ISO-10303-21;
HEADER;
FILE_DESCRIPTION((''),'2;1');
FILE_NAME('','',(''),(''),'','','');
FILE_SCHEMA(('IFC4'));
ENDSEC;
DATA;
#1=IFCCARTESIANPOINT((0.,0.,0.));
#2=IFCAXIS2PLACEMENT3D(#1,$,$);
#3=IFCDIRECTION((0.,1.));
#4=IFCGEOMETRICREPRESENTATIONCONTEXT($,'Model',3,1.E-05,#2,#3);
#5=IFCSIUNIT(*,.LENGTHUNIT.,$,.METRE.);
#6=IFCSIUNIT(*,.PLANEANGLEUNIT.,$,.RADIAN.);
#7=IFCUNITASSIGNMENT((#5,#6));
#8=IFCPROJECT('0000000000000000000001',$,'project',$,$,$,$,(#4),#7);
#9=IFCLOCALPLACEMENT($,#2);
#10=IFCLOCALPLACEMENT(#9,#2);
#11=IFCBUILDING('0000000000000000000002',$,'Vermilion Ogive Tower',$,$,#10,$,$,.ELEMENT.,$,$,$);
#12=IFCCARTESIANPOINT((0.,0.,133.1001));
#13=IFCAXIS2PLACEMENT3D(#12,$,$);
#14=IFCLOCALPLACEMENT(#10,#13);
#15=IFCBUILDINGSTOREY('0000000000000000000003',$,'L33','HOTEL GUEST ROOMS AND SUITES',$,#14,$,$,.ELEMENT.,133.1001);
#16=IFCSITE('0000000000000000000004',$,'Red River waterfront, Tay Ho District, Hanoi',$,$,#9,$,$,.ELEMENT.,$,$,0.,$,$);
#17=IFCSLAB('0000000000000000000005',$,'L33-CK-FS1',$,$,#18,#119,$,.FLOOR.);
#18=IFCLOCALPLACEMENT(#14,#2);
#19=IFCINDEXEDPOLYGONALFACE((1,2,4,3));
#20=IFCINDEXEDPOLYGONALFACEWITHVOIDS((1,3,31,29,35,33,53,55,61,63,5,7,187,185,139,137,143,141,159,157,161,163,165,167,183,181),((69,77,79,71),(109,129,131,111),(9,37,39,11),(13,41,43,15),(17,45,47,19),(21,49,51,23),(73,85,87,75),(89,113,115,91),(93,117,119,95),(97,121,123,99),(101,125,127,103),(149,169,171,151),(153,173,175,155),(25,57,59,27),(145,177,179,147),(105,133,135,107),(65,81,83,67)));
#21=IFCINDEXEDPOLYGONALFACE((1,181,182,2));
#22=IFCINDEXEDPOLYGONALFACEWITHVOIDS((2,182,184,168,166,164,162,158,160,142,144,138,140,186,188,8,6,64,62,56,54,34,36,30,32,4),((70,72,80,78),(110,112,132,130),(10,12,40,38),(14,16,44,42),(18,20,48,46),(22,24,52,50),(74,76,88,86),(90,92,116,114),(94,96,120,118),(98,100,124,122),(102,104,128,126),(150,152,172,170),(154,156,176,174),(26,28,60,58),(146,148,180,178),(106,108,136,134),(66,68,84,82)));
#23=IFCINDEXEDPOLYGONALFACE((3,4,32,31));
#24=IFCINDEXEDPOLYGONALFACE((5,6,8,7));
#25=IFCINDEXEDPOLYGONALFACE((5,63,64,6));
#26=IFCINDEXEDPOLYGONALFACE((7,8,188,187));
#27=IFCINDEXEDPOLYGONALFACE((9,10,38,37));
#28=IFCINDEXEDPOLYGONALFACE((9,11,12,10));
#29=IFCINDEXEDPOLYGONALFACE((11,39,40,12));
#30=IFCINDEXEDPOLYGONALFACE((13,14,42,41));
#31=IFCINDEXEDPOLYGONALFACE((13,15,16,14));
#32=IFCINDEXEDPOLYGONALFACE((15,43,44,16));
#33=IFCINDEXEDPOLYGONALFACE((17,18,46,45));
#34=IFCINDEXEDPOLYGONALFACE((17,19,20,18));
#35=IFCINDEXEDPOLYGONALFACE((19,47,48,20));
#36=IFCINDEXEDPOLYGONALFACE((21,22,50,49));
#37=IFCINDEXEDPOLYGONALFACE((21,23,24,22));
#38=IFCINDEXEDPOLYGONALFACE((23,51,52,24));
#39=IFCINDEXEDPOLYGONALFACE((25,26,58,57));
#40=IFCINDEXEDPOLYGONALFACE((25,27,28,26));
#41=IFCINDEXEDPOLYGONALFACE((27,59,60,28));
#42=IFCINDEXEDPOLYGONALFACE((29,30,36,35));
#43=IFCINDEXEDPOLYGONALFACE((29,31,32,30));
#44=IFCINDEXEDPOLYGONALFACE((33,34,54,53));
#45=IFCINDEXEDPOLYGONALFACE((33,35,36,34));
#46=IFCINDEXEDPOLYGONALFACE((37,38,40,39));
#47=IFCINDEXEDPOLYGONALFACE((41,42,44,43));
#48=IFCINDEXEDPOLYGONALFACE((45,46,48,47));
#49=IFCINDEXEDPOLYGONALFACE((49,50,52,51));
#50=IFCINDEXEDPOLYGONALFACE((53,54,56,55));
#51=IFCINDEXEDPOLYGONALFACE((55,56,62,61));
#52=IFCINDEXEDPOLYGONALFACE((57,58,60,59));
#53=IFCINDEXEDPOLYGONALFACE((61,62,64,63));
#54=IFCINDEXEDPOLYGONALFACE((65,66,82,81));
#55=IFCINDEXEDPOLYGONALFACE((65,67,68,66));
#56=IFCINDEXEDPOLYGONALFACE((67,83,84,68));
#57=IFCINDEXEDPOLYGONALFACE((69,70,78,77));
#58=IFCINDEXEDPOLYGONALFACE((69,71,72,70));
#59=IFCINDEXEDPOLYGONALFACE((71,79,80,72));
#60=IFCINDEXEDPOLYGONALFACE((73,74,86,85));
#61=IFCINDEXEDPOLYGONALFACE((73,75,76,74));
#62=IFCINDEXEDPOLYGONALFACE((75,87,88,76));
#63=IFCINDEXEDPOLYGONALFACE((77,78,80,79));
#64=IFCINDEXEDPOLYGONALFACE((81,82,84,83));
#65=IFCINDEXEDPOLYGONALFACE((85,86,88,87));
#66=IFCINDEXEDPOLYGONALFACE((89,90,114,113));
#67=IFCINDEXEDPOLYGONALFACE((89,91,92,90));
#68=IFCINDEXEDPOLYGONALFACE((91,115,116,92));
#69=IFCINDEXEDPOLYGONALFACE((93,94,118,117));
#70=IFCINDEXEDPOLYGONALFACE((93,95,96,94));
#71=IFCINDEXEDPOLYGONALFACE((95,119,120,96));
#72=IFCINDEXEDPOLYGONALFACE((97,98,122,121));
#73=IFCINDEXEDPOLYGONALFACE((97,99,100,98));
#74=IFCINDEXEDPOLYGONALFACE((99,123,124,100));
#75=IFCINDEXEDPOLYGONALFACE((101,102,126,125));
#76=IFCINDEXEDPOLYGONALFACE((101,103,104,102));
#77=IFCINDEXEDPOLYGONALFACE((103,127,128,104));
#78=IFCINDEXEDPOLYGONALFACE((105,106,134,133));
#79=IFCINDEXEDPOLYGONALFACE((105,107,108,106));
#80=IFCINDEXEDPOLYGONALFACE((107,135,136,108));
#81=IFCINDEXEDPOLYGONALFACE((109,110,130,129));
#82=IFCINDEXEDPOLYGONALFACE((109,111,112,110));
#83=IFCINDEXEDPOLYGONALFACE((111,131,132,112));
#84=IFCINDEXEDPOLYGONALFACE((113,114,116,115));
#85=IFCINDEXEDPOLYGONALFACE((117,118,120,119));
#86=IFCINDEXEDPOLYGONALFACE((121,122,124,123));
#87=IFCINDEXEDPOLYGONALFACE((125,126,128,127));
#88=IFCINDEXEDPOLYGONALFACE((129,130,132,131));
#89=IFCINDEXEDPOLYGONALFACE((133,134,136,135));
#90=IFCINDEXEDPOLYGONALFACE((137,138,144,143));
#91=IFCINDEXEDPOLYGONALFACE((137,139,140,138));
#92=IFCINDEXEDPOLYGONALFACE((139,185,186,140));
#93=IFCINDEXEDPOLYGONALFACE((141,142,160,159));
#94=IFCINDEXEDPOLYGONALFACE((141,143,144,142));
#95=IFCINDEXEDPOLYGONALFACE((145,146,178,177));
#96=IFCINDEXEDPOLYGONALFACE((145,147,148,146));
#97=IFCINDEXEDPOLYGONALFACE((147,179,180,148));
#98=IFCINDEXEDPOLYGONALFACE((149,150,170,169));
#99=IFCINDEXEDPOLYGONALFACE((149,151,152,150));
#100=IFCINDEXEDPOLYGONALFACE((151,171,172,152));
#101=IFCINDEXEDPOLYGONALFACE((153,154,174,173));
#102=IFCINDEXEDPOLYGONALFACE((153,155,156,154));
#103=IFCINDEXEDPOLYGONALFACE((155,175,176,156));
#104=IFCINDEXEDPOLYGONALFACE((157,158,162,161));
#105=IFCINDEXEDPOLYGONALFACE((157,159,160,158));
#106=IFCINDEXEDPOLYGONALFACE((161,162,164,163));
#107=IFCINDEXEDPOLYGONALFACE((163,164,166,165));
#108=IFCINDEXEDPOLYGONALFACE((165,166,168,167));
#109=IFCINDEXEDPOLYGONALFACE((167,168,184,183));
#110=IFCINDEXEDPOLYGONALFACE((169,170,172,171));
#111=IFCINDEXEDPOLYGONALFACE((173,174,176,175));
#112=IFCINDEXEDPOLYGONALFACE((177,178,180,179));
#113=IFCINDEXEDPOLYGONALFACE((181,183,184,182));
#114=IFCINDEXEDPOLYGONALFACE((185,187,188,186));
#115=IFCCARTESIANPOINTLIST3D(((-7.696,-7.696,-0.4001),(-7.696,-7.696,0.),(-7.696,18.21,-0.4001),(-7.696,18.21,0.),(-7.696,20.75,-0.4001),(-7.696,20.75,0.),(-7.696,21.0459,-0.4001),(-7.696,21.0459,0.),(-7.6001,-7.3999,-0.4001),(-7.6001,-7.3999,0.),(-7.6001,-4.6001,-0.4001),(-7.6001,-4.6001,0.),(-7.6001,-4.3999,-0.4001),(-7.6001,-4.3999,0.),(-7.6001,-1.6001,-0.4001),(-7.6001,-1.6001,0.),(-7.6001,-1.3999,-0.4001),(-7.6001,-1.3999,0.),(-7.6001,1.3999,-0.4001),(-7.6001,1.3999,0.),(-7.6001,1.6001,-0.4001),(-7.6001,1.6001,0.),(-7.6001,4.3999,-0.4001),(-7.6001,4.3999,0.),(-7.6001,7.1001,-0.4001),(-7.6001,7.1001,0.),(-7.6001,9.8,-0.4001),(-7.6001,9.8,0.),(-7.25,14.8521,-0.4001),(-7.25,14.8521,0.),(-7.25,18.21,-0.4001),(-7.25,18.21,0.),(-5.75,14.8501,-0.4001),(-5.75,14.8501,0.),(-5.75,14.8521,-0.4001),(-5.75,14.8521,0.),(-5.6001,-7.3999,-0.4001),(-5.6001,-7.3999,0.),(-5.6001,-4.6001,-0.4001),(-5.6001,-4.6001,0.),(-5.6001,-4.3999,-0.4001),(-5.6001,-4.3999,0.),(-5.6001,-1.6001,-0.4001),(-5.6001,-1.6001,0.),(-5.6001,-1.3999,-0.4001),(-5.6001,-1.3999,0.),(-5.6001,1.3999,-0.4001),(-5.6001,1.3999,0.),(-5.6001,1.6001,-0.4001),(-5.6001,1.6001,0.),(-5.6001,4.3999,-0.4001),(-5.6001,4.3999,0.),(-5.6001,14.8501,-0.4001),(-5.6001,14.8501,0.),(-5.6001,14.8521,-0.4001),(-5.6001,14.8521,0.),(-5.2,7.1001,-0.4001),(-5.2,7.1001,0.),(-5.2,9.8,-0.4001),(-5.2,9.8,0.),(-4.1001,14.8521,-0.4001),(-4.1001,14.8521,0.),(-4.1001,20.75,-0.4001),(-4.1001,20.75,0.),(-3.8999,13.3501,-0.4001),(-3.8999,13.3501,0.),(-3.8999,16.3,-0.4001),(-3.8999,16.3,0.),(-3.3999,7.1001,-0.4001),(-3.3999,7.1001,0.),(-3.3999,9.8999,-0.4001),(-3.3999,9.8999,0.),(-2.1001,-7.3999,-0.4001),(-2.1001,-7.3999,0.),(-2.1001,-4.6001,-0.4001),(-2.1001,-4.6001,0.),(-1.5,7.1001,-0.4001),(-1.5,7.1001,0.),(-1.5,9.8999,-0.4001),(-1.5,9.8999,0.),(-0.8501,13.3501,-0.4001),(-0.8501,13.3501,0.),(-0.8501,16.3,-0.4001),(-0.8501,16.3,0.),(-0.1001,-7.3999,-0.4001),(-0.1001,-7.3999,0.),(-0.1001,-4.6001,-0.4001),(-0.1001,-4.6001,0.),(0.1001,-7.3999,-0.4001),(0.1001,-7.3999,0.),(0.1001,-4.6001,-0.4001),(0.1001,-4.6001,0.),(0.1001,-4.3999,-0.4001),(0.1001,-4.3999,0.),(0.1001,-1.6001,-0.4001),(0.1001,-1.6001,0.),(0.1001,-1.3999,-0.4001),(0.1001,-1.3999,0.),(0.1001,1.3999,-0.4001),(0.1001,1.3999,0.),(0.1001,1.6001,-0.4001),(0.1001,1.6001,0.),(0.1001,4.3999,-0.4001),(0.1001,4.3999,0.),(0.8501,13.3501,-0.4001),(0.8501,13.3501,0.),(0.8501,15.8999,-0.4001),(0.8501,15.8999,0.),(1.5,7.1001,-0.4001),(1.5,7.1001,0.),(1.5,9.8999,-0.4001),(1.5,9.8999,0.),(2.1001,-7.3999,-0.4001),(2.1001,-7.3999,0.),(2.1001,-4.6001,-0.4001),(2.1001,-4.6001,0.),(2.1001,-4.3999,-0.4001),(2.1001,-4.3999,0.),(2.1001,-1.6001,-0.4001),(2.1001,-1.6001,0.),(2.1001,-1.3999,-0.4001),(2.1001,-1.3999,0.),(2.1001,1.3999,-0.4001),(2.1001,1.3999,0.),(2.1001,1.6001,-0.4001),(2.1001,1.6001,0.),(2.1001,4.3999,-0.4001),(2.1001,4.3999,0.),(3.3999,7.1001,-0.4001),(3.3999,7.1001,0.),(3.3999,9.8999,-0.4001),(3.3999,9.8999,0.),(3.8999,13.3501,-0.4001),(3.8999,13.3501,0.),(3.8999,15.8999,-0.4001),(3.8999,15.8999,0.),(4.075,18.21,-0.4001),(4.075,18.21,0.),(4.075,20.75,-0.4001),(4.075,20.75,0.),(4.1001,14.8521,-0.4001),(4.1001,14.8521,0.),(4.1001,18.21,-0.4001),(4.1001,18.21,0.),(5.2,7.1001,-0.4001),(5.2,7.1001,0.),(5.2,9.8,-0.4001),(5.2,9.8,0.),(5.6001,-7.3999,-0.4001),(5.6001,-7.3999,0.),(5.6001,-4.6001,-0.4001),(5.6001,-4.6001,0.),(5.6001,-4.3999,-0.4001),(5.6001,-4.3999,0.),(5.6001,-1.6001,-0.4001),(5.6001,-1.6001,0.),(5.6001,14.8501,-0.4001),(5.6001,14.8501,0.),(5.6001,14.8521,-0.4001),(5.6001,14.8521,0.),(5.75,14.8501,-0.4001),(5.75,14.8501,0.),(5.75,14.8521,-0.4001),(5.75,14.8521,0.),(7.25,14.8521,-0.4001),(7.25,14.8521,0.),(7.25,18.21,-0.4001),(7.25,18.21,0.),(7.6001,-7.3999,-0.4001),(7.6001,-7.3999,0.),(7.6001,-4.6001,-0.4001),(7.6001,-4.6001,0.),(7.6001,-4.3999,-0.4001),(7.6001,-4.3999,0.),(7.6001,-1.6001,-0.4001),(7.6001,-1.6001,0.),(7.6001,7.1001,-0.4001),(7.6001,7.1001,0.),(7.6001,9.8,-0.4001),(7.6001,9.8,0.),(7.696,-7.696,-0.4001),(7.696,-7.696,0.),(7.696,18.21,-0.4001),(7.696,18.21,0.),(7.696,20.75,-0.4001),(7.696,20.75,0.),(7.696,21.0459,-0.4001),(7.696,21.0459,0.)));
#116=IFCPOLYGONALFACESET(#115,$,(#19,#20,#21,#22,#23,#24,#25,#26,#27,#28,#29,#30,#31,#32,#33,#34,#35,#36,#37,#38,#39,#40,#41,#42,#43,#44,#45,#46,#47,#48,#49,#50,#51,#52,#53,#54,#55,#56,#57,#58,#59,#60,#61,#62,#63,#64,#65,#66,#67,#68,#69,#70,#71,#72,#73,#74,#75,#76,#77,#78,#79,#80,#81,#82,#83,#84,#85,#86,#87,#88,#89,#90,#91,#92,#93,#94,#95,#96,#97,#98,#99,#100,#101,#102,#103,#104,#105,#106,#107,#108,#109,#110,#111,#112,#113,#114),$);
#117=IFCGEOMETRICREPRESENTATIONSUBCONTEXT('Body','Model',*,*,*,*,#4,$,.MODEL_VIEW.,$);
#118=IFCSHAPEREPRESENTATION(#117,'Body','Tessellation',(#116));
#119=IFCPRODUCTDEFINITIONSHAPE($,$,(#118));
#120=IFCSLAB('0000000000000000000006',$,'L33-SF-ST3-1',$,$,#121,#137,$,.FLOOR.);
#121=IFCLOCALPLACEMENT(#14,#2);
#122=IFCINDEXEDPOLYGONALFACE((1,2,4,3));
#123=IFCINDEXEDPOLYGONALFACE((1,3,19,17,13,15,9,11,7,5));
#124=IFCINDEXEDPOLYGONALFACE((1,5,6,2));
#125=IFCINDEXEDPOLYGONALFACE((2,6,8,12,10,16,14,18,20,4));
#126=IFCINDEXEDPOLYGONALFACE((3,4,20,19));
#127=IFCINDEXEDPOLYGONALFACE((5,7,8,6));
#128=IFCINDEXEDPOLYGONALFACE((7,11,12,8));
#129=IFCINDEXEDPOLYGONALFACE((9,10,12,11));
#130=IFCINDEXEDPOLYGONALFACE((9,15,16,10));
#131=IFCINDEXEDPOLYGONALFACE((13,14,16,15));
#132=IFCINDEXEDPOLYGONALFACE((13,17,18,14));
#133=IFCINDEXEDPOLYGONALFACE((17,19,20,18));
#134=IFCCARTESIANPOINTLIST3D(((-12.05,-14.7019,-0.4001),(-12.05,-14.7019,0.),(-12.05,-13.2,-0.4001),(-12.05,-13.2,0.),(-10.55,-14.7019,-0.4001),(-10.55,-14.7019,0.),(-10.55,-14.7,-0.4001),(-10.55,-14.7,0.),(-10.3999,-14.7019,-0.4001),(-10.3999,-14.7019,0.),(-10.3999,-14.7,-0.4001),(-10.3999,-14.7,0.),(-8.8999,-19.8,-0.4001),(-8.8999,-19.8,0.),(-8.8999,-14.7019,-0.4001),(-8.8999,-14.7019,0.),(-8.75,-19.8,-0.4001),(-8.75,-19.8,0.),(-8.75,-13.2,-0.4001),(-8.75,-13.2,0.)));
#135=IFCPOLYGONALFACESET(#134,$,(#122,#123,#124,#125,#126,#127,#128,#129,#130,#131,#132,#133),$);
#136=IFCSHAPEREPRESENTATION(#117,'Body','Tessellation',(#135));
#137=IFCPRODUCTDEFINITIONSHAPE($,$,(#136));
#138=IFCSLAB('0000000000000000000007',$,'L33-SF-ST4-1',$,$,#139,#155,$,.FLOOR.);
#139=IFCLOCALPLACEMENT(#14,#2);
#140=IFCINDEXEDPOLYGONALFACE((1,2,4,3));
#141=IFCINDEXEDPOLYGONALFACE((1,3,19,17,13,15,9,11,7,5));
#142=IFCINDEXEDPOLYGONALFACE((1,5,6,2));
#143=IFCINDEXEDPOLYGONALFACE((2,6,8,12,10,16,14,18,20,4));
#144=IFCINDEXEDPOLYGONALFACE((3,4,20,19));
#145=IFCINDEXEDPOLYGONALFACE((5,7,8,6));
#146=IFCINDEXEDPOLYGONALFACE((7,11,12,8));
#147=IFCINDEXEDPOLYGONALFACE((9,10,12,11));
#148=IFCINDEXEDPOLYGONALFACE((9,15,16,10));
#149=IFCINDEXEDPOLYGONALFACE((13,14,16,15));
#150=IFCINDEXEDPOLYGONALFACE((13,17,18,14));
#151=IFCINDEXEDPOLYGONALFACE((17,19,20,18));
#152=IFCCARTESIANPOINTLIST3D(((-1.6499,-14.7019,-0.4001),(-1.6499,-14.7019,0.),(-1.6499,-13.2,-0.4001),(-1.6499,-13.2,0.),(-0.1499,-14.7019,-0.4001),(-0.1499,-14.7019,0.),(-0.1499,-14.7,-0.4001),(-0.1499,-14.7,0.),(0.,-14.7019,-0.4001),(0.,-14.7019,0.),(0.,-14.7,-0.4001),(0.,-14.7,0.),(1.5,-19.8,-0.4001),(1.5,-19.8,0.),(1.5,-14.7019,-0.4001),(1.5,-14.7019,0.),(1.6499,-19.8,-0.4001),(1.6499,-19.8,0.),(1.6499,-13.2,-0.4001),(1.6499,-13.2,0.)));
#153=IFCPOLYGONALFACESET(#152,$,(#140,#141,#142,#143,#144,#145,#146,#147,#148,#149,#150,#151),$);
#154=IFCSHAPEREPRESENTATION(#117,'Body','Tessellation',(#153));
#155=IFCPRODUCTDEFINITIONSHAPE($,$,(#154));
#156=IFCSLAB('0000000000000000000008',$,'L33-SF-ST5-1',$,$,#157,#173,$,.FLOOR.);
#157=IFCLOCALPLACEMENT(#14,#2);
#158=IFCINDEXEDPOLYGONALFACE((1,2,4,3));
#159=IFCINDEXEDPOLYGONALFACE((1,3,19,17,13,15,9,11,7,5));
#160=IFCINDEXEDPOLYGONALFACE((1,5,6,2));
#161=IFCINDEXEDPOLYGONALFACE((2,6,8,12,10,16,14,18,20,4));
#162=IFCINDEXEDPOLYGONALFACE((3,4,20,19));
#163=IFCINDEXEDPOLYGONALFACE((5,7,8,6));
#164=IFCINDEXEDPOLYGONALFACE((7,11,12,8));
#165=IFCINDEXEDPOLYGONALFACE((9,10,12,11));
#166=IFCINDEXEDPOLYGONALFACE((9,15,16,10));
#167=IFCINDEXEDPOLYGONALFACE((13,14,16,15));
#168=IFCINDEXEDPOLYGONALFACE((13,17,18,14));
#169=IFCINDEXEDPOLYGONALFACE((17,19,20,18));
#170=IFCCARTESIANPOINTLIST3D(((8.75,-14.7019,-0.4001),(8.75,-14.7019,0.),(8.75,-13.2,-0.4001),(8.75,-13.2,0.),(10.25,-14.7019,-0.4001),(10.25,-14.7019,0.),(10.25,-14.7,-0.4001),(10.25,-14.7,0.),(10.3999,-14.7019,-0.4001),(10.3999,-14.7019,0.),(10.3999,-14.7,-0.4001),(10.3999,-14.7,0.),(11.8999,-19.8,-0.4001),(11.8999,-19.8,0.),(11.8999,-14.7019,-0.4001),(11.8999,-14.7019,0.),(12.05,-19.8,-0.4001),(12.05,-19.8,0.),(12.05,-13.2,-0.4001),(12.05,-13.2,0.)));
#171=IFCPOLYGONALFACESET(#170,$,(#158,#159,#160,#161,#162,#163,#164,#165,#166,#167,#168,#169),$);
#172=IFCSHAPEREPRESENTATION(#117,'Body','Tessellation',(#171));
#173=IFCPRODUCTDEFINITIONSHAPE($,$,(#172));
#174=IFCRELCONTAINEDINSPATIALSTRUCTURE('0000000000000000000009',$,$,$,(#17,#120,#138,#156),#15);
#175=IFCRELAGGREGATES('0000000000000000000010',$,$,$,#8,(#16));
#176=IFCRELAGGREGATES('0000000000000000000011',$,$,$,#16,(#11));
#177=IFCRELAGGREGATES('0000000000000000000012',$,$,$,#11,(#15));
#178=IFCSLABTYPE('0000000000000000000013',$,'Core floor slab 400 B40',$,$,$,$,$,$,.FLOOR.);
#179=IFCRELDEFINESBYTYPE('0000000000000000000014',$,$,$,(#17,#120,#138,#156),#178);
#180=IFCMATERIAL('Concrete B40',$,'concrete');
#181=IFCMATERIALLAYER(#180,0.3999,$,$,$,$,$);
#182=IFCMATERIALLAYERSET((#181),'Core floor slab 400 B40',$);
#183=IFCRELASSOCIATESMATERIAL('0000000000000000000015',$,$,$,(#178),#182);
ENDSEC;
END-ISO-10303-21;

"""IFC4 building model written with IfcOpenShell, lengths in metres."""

from ifc_helpers import new_model, si_unit, direction, frame, origin, place, context, subcontext, project, spatial, polyline, outline, extrude, material, layer, layer_set, type_object, element, save


model = new_model("IFC4")

# Units and contexts
model_context = context("Model", 3, precision=1e-05, world=origin(), true_north=direction((0.0, 1.0)))
body_context = subcontext(model_context, "Body", "Model", "MODEL_VIEW")
ifc_project = project(units=[si_unit("LENGTHUNIT", "METRE"), si_unit("PLANEANGLEUNIT", "RADIAN")], contexts=[model_context])

# Site, building, storey
site_placement = place(None, origin())
site = spatial("IfcSite", under=ifc_project, at=site_placement, Name="Red River waterfront, Tay Ho District, Hanoi", CompositionType="ELEMENT", RefElevation=0.0)
building_placement = place(site_placement, origin())
building = spatial("IfcBuilding", under=site, at=building_placement, Name="Vermilion Ogive Tower", CompositionType="ELEMENT")
storey_placement = place(building_placement, frame((0.0, 0.0, 133.1001)))
storey = spatial("IfcBuildingStorey", under=building, at=storey_placement, Name="L33", Description="HOTEL GUEST ROOMS AND SUITES", CompositionType="ELEMENT", Elevation=133.1001)

# Slabs
ifc_material_1 = material(Name="Concrete B40", Category="concrete")
ifc_layer_1 = layer(ifc_material_1, 0.3999)
ifc_layer_set_1 = layer_set([ifc_layer_1], Name="Core floor slab 400 B40")
slab_type_1 = type_object("IfcSlabType", Name="Core floor slab 400 B40", PredefinedType="FLOOR", material=ifc_layer_set_1)
slab_1_placement = place(storey_placement, frame((0.0, 0.0, -0.4001)))
element("IfcSlab", 1, at=slab_1_placement, inside=storey, type_object=slab_type_1, Name="L33-CK-FS1", PredefinedType="FLOOR", context=body_context, shape_type="SweptSolid", body=[
    extrude(outline(polyline([(5.75, 14.8501), (5.6001, 14.8501), (5.6001, 14.8521), (4.1001, 14.8521), (4.1001, 18.21), (4.075, 18.21), (4.075, 20.75), (7.696, 20.75), (7.696, 21.0459), (-7.696, 21.0459), (-7.696, 20.75), (-4.1001, 20.75), (-4.1001, 14.8521), (-5.6001, 14.8521), (-5.6001, 14.8501), (-5.75, 14.8501), (-5.75, 14.8521), (-7.25, 14.8521), (-7.25, 18.21), (-7.696, 18.21), (-7.696, -7.696), (7.696, -7.696), (7.696, 18.21), (7.25, 18.21), (7.25, 14.8521), (5.75, 14.8521), (5.75, 14.8501)]), holes=[polyline([(-7.6001, -4.6001), (-5.6001, -4.6001), (-5.6001, -7.3999), (-7.6001, -7.3999), (-7.6001, -4.6001)]), polyline([(-2.1001, -7.3999), (-2.1001, -4.6001), (-0.1001, -4.6001), (-0.1001, -7.3999), (-2.1001, -7.3999)]), polyline([(-7.6001, -1.6001), (-5.6001, -1.6001), (-5.6001, -4.3999), (-7.6001, -4.3999), (-7.6001, -1.6001)]), polyline([(-7.6001, -1.3999), (-7.6001, 1.3999), (-5.6001, 1.3999), (-5.6001, -1.3999), (-7.6001, -1.3999)]), polyline([(-7.6001, 4.3999), (-5.6001, 4.3999), (-5.6001, 1.6001), (-7.6001, 1.6001), (-7.6001, 4.3999)]), polyline([(-7.6001, 9.8), (-5.2, 9.8), (-5.2, 7.1001), (-7.6001, 7.1001), (-7.6001, 9.8)]), polyline([(-3.3999, 7.1001), (-3.3999, 9.8999), (-1.5, 9.8999), (-1.5, 7.1001), (-3.3999, 7.1001)]), polyline([(-3.8999, 16.3), (-0.8501, 16.3), (-0.8501, 13.3501), (-3.8999, 13.3501), (-3.8999, 16.3)]), polyline([(0.1001, -4.6001), (2.1001, -4.6001), (2.1001, -7.3999), (0.1001, -7.3999), (0.1001, -4.6001)]), polyline([(5.6001, -4.6001), (7.6001, -4.6001), (7.6001, -7.3999), (5.6001, -7.3999), (5.6001, -4.6001)]), polyline([(0.1001, -4.3999), (0.1001, -1.6001), (2.1001, -1.6001), (2.1001, -4.3999), (0.1001, -4.3999)]), polyline([(5.6001, -1.6001), (7.6001, -1.6001), (7.6001, -4.3999), (5.6001, -4.3999), (5.6001, -1.6001)]), polyline([(0.1001, -1.3999), (0.1001, 1.3999), (2.1001, 1.3999), (2.1001, -1.3999), (0.1001, -1.3999)]), polyline([(0.1001, 4.3999), (2.1001, 4.3999), (2.1001, 1.6001), (0.1001, 1.6001), (0.1001, 4.3999)]), polyline([(5.2, 9.8), (7.6001, 9.8), (7.6001, 7.1001), (5.2, 7.1001), (5.2, 9.8)]), polyline([(1.5, 7.1001), (1.5, 9.8999), (3.3999, 9.8999), (3.3999, 7.1001), (1.5, 7.1001)]), polyline([(0.8501, 15.8999), (3.8999, 15.8999), (3.8999, 13.3501), (0.8501, 13.3501), (0.8501, 15.8999)])]), origin(), (0.0, 0.0, 1.0), 0.4001),
])
slab_2_placement = place(storey_placement, frame((0.0, 0.0, -0.4001)))
element("IfcSlab", 2, at=slab_2_placement, inside=storey, type_object=slab_type_1, Name="L33-SF-ST3-1", PredefinedType="FLOOR", context=body_context, shape_type="SweptSolid", body=[
    extrude(outline(polyline([(-12.05, -13.2), (-12.05, -14.7019), (-10.55, -14.7019), (-10.55, -14.7), (-10.3999, -14.7), (-10.3999, -14.7019), (-8.8999, -14.7019), (-8.8999, -19.8), (-8.75, -19.8), (-8.75, -13.2), (-12.05, -13.2)])), origin(), (0.0, 0.0, 1.0), 0.4001),
])
slab_3_placement = place(storey_placement, frame((0.0, 0.0, -0.4001)))
element("IfcSlab", 3, at=slab_3_placement, inside=storey, type_object=slab_type_1, Name="L33-SF-ST4-1", PredefinedType="FLOOR", context=body_context, shape_type="SweptSolid", body=[
    extrude(outline(polyline([(-1.6499, -13.2), (-1.6499, -14.7019), (-0.1499, -14.7019), (-0.1499, -14.7), (0.0, -14.7), (0.0, -14.7019), (1.5, -14.7019), (1.5, -19.8), (1.6499, -19.8), (1.6499, -13.2), (-1.6499, -13.2)])), origin(), (0.0, 0.0, 1.0), 0.4001),
])
slab_4_placement = place(storey_placement, frame((0.0, 0.0, -0.4001)))
element("IfcSlab", 4, at=slab_4_placement, inside=storey, type_object=slab_type_1, Name="L33-SF-ST5-1", PredefinedType="FLOOR", context=body_context, shape_type="SweptSolid", body=[
    extrude(outline(polyline([(8.75, -13.2), (8.75, -14.7019), (10.25, -14.7019), (10.25, -14.7), (10.3999, -14.7), (10.3999, -14.7019), (11.8999, -14.7019), (11.8999, -19.8), (12.05, -19.8), (12.05, -13.2), (8.75, -13.2)])), origin(), (0.0, 0.0, 1.0), 0.4001),
])

save(model, "model.ifc")
